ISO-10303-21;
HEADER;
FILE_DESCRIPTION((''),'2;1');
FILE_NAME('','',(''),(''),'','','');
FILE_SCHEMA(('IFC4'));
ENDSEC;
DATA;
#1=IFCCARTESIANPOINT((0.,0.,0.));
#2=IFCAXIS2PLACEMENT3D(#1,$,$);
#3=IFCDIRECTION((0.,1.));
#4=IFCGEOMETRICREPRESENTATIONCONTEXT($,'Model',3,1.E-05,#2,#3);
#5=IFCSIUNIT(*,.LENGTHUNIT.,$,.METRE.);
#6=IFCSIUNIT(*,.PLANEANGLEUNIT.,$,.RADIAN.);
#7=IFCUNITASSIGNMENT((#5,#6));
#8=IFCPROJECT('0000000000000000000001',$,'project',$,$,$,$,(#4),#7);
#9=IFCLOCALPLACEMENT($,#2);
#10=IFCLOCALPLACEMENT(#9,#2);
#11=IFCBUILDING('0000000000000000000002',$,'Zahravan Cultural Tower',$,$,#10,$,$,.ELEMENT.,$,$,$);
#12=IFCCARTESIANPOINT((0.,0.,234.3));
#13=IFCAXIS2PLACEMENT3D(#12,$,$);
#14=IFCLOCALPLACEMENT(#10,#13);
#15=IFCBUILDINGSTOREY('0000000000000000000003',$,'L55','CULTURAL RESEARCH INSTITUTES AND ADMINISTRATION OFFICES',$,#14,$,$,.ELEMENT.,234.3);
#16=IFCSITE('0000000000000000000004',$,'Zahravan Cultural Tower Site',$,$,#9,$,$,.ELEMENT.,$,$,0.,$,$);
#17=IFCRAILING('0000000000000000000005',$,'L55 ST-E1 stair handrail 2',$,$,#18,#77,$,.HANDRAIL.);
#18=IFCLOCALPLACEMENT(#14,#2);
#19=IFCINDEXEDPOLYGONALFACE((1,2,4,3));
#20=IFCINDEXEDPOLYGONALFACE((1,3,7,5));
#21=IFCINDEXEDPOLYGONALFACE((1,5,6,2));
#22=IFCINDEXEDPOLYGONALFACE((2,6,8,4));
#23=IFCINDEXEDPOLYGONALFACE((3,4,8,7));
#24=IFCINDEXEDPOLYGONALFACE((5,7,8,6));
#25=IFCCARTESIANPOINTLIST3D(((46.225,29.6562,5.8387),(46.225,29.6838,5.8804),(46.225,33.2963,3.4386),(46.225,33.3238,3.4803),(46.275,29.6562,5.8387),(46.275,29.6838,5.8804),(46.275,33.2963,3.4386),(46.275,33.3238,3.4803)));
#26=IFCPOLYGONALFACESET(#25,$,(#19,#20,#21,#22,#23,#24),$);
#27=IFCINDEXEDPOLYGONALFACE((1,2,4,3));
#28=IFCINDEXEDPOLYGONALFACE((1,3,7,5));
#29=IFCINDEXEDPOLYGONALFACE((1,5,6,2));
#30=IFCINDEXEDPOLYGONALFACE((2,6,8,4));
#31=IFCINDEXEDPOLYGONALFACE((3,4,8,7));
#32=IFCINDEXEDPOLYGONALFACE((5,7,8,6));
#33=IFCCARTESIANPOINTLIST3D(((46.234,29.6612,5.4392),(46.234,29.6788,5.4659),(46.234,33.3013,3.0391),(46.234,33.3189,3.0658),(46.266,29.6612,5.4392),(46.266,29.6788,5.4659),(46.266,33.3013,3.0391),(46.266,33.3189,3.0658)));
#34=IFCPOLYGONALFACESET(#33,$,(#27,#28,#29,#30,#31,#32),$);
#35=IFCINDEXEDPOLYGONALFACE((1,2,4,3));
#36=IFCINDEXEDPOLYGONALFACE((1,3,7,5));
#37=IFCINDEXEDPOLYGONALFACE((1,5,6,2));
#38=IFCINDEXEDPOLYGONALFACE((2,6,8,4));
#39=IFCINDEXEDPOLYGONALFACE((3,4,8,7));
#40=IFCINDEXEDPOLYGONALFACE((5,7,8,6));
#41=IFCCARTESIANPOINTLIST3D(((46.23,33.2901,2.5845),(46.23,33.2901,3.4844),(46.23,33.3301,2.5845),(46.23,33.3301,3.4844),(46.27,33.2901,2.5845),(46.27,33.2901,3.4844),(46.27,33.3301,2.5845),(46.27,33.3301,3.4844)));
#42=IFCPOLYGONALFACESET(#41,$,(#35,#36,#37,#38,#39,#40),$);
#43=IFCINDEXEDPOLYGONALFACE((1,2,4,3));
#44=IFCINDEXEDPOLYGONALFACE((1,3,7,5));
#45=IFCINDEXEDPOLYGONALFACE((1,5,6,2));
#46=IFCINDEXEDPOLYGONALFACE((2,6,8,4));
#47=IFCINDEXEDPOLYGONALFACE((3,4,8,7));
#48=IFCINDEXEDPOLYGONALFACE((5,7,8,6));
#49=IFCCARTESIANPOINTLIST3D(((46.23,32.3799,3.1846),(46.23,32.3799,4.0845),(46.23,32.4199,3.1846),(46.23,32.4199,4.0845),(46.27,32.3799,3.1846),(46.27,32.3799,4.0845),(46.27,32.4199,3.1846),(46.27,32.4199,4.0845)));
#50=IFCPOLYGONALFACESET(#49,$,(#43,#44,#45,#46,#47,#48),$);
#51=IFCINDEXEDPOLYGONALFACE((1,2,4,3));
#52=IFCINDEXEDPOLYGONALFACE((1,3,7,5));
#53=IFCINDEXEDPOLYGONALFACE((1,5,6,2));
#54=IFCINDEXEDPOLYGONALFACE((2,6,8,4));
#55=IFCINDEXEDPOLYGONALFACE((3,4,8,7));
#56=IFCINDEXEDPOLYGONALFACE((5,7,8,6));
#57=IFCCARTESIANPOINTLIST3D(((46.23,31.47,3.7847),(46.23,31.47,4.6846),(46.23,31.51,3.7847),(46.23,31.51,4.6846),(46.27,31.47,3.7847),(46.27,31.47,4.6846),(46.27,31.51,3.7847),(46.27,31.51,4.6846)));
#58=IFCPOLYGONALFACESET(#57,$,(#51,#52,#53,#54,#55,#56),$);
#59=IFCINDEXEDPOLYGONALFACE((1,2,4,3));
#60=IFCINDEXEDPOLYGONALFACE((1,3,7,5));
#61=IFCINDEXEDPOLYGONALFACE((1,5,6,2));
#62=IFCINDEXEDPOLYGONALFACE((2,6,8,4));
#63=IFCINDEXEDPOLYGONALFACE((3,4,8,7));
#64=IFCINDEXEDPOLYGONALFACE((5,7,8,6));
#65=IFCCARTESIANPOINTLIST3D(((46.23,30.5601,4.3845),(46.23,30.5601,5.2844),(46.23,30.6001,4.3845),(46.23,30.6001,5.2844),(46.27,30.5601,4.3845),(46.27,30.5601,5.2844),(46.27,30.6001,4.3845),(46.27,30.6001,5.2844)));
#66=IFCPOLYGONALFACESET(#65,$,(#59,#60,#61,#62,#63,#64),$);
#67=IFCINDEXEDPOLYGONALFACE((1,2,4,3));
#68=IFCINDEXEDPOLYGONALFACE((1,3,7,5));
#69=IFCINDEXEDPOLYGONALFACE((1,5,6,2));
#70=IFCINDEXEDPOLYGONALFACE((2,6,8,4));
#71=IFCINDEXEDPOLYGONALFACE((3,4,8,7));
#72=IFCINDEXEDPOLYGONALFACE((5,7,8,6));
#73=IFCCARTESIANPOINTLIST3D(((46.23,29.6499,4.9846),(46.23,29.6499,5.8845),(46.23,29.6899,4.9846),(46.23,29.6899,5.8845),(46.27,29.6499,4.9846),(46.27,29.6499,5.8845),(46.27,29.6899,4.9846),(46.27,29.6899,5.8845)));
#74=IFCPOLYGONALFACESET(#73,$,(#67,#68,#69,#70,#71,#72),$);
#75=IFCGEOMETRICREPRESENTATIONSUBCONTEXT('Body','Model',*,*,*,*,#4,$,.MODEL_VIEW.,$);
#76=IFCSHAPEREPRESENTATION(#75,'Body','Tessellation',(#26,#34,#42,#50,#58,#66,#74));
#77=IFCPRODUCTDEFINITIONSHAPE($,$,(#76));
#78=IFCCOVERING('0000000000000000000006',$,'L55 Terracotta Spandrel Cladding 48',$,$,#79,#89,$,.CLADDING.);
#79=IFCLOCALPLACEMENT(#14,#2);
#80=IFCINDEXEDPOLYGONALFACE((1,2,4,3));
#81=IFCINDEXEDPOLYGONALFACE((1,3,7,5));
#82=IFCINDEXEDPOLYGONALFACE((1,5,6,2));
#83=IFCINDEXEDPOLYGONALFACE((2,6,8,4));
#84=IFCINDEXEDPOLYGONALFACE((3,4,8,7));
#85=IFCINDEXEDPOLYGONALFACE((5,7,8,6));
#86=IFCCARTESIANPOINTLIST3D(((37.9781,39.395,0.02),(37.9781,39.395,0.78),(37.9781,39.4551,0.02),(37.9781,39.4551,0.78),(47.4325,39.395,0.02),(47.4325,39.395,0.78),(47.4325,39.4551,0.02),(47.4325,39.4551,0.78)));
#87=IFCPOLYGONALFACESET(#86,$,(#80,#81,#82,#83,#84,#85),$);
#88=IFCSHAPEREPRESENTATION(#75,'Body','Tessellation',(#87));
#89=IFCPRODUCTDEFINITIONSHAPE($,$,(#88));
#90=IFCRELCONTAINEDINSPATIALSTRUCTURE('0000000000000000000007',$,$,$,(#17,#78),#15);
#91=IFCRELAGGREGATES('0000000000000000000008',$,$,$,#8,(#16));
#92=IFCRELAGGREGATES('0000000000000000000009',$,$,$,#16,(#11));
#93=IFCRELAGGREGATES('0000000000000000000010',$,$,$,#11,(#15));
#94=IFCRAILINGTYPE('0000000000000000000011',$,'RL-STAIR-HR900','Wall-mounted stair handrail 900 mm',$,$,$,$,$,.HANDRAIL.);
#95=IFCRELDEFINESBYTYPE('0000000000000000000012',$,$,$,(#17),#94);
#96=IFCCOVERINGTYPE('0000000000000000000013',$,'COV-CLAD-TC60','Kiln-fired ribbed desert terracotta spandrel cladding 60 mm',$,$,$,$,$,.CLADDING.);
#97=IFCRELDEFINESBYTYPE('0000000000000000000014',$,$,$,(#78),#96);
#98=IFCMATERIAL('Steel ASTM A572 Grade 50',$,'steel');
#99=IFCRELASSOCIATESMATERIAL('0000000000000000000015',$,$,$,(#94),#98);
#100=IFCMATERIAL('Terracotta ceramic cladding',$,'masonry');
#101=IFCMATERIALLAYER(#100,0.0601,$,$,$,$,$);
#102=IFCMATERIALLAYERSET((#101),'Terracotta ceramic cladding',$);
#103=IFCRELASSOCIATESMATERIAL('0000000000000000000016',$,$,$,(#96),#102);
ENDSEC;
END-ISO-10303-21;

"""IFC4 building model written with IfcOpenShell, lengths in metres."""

from ifc_helpers import new_model, si_unit, direction, frame, origin, origin_2d, place, context, subcontext, project, spatial, rectangle, extrude, source, transform, mapped, material, layer, layer_set, type_object, element, save


model = new_model("IFC4")

# Units and contexts
model_context = context("Model", 3, precision=1e-05, world=origin(), true_north=direction((0.0, 1.0)))
body_context = subcontext(model_context, "Body", "Model", "MODEL_VIEW")
ifc_project = project(units=[si_unit("LENGTHUNIT", "METRE"), si_unit("PLANEANGLEUNIT", "RADIAN")], contexts=[model_context])

# Site, building, storey
site_placement = place(None, origin())
site = spatial("IfcSite", under=ifc_project, at=site_placement, Name="Zahravan Cultural Tower Site", CompositionType="ELEMENT", RefElevation=0.0)
building_placement = place(site_placement, origin())
building = spatial("IfcBuilding", under=site, at=building_placement, Name="Zahravan Cultural Tower", CompositionType="ELEMENT")
storey_placement = place(building_placement, frame((0.0, 0.0, 234.3)))
storey = spatial("IfcBuildingStorey", under=building, at=storey_placement, Name="L55", Description="CULTURAL RESEARCH INSTITUTES AND ADMINISTRATION OFFICES", CompositionType="ELEMENT", Elevation=234.3)

# Shared definitions
ifc_material_1 = material(Name="Steel ASTM A572 Grade 50", Category="steel")

# Railing
railing_type_1 = type_object("IfcRailingType", Name="RL-STAIR-HR900", Description="Wall-mounted stair handrail 900 mm", PredefinedType="HANDRAIL", material=ifc_material_1)
railing_1_placement = place(storey_placement, frame((46.25, 33.3101, 2.5845)))
element("IfcRailing", 1, at=railing_1_placement, inside=storey, type_object=railing_type_1, Name="L55 ST-E1 stair handrail 2", PredefinedType="HANDRAIL", context=body_context, shape_type="SweptSolid", body=[
    extrude(rectangle(XDim=0.05, YDim=0.05, at=origin_2d()), frame((0.0, 0.0, 0.875), z_axis=(0.0, -0.834856, 0.550468), x_axis=(1.0, 0.0, 0.0)), (0.0, 0.0, 1.0), 4.3601),
    extrude(rectangle(XDim=0.032, YDim=0.032, at=origin_2d()), frame((0.0, 0.0, 0.468), z_axis=(0.0, -0.834856, 0.550468), x_axis=(1.0, 0.0, 0.0)), (0.0, 0.0, 1.0), 4.3601),
    extrude(rectangle(XDim=0.04, YDim=0.04, at=origin_2d()), origin(), (0.0, 0.0, 1.0), 0.8999),
    extrude(rectangle(XDim=0.04, YDim=0.04, at=origin_2d()), frame((0.0, -0.9102, 0.6001)), (0.0, 0.0, 1.0), 0.8999),
    extrude(rectangle(XDim=0.04, YDim=0.04, at=origin_2d()), frame((0.0, -1.8201, 1.2002)), (0.0, 0.0, 1.0), 0.8999),
    extrude(rectangle(XDim=0.04, YDim=0.04, at=origin_2d()), frame((0.0, -2.73, 1.8)), (0.0, 0.0, 1.0), 0.8999),
    extrude(rectangle(XDim=0.04, YDim=0.04, at=origin_2d()), frame((0.0, -3.6401, 2.4001)), (0.0, 0.0, 1.0), 0.8999),
])

# Covering
ifc_material_2 = material(Name="Terracotta ceramic cladding", Category="masonry")
ifc_layer_1 = layer(ifc_material_2, 0.0601)
ifc_layer_set_1 = layer_set([ifc_layer_1], Name="Terracotta ceramic cladding")
covering_type = type_object("IfcCoveringType", Name="COV-CLAD-TC60", Description="Kiln-fired ribbed desert terracotta spandrel cladding 60 mm", PredefinedType="CLADDING", material=ifc_layer_set_1)
shared_shape_1 = source(origin(), body_context, "Body", "SweptSolid", [
    extrude(rectangle(XDim=9.4543, YDim=0.0601, at=origin_2d()), origin(), (0.0, 0.0, 1.0), 0.76),
])
covering_placement = place(storey_placement, frame((42.7053, 39.425, 0.02), z_axis=(0.0, 0.0, 1.0), x_axis=(1.0, 0.0, 0.0)))
element("IfcCovering", 2, at=covering_placement, inside=storey, type_object=covering_type, Name="L55 Terracotta Spandrel Cladding 48", PredefinedType="CLADDING", context=body_context, shape_type="MappedRepresentation", body=[
    mapped(shared_shape_1, transform((0.0, 0.0, 0.0), x_axis=(1.0, 0.0, 0.0), y_axis=(0.0, 1.0, 0.0), z_axis=(0.0, 0.0, 1.0), scale=1.0)),
])

save(model, "model.ifc")
